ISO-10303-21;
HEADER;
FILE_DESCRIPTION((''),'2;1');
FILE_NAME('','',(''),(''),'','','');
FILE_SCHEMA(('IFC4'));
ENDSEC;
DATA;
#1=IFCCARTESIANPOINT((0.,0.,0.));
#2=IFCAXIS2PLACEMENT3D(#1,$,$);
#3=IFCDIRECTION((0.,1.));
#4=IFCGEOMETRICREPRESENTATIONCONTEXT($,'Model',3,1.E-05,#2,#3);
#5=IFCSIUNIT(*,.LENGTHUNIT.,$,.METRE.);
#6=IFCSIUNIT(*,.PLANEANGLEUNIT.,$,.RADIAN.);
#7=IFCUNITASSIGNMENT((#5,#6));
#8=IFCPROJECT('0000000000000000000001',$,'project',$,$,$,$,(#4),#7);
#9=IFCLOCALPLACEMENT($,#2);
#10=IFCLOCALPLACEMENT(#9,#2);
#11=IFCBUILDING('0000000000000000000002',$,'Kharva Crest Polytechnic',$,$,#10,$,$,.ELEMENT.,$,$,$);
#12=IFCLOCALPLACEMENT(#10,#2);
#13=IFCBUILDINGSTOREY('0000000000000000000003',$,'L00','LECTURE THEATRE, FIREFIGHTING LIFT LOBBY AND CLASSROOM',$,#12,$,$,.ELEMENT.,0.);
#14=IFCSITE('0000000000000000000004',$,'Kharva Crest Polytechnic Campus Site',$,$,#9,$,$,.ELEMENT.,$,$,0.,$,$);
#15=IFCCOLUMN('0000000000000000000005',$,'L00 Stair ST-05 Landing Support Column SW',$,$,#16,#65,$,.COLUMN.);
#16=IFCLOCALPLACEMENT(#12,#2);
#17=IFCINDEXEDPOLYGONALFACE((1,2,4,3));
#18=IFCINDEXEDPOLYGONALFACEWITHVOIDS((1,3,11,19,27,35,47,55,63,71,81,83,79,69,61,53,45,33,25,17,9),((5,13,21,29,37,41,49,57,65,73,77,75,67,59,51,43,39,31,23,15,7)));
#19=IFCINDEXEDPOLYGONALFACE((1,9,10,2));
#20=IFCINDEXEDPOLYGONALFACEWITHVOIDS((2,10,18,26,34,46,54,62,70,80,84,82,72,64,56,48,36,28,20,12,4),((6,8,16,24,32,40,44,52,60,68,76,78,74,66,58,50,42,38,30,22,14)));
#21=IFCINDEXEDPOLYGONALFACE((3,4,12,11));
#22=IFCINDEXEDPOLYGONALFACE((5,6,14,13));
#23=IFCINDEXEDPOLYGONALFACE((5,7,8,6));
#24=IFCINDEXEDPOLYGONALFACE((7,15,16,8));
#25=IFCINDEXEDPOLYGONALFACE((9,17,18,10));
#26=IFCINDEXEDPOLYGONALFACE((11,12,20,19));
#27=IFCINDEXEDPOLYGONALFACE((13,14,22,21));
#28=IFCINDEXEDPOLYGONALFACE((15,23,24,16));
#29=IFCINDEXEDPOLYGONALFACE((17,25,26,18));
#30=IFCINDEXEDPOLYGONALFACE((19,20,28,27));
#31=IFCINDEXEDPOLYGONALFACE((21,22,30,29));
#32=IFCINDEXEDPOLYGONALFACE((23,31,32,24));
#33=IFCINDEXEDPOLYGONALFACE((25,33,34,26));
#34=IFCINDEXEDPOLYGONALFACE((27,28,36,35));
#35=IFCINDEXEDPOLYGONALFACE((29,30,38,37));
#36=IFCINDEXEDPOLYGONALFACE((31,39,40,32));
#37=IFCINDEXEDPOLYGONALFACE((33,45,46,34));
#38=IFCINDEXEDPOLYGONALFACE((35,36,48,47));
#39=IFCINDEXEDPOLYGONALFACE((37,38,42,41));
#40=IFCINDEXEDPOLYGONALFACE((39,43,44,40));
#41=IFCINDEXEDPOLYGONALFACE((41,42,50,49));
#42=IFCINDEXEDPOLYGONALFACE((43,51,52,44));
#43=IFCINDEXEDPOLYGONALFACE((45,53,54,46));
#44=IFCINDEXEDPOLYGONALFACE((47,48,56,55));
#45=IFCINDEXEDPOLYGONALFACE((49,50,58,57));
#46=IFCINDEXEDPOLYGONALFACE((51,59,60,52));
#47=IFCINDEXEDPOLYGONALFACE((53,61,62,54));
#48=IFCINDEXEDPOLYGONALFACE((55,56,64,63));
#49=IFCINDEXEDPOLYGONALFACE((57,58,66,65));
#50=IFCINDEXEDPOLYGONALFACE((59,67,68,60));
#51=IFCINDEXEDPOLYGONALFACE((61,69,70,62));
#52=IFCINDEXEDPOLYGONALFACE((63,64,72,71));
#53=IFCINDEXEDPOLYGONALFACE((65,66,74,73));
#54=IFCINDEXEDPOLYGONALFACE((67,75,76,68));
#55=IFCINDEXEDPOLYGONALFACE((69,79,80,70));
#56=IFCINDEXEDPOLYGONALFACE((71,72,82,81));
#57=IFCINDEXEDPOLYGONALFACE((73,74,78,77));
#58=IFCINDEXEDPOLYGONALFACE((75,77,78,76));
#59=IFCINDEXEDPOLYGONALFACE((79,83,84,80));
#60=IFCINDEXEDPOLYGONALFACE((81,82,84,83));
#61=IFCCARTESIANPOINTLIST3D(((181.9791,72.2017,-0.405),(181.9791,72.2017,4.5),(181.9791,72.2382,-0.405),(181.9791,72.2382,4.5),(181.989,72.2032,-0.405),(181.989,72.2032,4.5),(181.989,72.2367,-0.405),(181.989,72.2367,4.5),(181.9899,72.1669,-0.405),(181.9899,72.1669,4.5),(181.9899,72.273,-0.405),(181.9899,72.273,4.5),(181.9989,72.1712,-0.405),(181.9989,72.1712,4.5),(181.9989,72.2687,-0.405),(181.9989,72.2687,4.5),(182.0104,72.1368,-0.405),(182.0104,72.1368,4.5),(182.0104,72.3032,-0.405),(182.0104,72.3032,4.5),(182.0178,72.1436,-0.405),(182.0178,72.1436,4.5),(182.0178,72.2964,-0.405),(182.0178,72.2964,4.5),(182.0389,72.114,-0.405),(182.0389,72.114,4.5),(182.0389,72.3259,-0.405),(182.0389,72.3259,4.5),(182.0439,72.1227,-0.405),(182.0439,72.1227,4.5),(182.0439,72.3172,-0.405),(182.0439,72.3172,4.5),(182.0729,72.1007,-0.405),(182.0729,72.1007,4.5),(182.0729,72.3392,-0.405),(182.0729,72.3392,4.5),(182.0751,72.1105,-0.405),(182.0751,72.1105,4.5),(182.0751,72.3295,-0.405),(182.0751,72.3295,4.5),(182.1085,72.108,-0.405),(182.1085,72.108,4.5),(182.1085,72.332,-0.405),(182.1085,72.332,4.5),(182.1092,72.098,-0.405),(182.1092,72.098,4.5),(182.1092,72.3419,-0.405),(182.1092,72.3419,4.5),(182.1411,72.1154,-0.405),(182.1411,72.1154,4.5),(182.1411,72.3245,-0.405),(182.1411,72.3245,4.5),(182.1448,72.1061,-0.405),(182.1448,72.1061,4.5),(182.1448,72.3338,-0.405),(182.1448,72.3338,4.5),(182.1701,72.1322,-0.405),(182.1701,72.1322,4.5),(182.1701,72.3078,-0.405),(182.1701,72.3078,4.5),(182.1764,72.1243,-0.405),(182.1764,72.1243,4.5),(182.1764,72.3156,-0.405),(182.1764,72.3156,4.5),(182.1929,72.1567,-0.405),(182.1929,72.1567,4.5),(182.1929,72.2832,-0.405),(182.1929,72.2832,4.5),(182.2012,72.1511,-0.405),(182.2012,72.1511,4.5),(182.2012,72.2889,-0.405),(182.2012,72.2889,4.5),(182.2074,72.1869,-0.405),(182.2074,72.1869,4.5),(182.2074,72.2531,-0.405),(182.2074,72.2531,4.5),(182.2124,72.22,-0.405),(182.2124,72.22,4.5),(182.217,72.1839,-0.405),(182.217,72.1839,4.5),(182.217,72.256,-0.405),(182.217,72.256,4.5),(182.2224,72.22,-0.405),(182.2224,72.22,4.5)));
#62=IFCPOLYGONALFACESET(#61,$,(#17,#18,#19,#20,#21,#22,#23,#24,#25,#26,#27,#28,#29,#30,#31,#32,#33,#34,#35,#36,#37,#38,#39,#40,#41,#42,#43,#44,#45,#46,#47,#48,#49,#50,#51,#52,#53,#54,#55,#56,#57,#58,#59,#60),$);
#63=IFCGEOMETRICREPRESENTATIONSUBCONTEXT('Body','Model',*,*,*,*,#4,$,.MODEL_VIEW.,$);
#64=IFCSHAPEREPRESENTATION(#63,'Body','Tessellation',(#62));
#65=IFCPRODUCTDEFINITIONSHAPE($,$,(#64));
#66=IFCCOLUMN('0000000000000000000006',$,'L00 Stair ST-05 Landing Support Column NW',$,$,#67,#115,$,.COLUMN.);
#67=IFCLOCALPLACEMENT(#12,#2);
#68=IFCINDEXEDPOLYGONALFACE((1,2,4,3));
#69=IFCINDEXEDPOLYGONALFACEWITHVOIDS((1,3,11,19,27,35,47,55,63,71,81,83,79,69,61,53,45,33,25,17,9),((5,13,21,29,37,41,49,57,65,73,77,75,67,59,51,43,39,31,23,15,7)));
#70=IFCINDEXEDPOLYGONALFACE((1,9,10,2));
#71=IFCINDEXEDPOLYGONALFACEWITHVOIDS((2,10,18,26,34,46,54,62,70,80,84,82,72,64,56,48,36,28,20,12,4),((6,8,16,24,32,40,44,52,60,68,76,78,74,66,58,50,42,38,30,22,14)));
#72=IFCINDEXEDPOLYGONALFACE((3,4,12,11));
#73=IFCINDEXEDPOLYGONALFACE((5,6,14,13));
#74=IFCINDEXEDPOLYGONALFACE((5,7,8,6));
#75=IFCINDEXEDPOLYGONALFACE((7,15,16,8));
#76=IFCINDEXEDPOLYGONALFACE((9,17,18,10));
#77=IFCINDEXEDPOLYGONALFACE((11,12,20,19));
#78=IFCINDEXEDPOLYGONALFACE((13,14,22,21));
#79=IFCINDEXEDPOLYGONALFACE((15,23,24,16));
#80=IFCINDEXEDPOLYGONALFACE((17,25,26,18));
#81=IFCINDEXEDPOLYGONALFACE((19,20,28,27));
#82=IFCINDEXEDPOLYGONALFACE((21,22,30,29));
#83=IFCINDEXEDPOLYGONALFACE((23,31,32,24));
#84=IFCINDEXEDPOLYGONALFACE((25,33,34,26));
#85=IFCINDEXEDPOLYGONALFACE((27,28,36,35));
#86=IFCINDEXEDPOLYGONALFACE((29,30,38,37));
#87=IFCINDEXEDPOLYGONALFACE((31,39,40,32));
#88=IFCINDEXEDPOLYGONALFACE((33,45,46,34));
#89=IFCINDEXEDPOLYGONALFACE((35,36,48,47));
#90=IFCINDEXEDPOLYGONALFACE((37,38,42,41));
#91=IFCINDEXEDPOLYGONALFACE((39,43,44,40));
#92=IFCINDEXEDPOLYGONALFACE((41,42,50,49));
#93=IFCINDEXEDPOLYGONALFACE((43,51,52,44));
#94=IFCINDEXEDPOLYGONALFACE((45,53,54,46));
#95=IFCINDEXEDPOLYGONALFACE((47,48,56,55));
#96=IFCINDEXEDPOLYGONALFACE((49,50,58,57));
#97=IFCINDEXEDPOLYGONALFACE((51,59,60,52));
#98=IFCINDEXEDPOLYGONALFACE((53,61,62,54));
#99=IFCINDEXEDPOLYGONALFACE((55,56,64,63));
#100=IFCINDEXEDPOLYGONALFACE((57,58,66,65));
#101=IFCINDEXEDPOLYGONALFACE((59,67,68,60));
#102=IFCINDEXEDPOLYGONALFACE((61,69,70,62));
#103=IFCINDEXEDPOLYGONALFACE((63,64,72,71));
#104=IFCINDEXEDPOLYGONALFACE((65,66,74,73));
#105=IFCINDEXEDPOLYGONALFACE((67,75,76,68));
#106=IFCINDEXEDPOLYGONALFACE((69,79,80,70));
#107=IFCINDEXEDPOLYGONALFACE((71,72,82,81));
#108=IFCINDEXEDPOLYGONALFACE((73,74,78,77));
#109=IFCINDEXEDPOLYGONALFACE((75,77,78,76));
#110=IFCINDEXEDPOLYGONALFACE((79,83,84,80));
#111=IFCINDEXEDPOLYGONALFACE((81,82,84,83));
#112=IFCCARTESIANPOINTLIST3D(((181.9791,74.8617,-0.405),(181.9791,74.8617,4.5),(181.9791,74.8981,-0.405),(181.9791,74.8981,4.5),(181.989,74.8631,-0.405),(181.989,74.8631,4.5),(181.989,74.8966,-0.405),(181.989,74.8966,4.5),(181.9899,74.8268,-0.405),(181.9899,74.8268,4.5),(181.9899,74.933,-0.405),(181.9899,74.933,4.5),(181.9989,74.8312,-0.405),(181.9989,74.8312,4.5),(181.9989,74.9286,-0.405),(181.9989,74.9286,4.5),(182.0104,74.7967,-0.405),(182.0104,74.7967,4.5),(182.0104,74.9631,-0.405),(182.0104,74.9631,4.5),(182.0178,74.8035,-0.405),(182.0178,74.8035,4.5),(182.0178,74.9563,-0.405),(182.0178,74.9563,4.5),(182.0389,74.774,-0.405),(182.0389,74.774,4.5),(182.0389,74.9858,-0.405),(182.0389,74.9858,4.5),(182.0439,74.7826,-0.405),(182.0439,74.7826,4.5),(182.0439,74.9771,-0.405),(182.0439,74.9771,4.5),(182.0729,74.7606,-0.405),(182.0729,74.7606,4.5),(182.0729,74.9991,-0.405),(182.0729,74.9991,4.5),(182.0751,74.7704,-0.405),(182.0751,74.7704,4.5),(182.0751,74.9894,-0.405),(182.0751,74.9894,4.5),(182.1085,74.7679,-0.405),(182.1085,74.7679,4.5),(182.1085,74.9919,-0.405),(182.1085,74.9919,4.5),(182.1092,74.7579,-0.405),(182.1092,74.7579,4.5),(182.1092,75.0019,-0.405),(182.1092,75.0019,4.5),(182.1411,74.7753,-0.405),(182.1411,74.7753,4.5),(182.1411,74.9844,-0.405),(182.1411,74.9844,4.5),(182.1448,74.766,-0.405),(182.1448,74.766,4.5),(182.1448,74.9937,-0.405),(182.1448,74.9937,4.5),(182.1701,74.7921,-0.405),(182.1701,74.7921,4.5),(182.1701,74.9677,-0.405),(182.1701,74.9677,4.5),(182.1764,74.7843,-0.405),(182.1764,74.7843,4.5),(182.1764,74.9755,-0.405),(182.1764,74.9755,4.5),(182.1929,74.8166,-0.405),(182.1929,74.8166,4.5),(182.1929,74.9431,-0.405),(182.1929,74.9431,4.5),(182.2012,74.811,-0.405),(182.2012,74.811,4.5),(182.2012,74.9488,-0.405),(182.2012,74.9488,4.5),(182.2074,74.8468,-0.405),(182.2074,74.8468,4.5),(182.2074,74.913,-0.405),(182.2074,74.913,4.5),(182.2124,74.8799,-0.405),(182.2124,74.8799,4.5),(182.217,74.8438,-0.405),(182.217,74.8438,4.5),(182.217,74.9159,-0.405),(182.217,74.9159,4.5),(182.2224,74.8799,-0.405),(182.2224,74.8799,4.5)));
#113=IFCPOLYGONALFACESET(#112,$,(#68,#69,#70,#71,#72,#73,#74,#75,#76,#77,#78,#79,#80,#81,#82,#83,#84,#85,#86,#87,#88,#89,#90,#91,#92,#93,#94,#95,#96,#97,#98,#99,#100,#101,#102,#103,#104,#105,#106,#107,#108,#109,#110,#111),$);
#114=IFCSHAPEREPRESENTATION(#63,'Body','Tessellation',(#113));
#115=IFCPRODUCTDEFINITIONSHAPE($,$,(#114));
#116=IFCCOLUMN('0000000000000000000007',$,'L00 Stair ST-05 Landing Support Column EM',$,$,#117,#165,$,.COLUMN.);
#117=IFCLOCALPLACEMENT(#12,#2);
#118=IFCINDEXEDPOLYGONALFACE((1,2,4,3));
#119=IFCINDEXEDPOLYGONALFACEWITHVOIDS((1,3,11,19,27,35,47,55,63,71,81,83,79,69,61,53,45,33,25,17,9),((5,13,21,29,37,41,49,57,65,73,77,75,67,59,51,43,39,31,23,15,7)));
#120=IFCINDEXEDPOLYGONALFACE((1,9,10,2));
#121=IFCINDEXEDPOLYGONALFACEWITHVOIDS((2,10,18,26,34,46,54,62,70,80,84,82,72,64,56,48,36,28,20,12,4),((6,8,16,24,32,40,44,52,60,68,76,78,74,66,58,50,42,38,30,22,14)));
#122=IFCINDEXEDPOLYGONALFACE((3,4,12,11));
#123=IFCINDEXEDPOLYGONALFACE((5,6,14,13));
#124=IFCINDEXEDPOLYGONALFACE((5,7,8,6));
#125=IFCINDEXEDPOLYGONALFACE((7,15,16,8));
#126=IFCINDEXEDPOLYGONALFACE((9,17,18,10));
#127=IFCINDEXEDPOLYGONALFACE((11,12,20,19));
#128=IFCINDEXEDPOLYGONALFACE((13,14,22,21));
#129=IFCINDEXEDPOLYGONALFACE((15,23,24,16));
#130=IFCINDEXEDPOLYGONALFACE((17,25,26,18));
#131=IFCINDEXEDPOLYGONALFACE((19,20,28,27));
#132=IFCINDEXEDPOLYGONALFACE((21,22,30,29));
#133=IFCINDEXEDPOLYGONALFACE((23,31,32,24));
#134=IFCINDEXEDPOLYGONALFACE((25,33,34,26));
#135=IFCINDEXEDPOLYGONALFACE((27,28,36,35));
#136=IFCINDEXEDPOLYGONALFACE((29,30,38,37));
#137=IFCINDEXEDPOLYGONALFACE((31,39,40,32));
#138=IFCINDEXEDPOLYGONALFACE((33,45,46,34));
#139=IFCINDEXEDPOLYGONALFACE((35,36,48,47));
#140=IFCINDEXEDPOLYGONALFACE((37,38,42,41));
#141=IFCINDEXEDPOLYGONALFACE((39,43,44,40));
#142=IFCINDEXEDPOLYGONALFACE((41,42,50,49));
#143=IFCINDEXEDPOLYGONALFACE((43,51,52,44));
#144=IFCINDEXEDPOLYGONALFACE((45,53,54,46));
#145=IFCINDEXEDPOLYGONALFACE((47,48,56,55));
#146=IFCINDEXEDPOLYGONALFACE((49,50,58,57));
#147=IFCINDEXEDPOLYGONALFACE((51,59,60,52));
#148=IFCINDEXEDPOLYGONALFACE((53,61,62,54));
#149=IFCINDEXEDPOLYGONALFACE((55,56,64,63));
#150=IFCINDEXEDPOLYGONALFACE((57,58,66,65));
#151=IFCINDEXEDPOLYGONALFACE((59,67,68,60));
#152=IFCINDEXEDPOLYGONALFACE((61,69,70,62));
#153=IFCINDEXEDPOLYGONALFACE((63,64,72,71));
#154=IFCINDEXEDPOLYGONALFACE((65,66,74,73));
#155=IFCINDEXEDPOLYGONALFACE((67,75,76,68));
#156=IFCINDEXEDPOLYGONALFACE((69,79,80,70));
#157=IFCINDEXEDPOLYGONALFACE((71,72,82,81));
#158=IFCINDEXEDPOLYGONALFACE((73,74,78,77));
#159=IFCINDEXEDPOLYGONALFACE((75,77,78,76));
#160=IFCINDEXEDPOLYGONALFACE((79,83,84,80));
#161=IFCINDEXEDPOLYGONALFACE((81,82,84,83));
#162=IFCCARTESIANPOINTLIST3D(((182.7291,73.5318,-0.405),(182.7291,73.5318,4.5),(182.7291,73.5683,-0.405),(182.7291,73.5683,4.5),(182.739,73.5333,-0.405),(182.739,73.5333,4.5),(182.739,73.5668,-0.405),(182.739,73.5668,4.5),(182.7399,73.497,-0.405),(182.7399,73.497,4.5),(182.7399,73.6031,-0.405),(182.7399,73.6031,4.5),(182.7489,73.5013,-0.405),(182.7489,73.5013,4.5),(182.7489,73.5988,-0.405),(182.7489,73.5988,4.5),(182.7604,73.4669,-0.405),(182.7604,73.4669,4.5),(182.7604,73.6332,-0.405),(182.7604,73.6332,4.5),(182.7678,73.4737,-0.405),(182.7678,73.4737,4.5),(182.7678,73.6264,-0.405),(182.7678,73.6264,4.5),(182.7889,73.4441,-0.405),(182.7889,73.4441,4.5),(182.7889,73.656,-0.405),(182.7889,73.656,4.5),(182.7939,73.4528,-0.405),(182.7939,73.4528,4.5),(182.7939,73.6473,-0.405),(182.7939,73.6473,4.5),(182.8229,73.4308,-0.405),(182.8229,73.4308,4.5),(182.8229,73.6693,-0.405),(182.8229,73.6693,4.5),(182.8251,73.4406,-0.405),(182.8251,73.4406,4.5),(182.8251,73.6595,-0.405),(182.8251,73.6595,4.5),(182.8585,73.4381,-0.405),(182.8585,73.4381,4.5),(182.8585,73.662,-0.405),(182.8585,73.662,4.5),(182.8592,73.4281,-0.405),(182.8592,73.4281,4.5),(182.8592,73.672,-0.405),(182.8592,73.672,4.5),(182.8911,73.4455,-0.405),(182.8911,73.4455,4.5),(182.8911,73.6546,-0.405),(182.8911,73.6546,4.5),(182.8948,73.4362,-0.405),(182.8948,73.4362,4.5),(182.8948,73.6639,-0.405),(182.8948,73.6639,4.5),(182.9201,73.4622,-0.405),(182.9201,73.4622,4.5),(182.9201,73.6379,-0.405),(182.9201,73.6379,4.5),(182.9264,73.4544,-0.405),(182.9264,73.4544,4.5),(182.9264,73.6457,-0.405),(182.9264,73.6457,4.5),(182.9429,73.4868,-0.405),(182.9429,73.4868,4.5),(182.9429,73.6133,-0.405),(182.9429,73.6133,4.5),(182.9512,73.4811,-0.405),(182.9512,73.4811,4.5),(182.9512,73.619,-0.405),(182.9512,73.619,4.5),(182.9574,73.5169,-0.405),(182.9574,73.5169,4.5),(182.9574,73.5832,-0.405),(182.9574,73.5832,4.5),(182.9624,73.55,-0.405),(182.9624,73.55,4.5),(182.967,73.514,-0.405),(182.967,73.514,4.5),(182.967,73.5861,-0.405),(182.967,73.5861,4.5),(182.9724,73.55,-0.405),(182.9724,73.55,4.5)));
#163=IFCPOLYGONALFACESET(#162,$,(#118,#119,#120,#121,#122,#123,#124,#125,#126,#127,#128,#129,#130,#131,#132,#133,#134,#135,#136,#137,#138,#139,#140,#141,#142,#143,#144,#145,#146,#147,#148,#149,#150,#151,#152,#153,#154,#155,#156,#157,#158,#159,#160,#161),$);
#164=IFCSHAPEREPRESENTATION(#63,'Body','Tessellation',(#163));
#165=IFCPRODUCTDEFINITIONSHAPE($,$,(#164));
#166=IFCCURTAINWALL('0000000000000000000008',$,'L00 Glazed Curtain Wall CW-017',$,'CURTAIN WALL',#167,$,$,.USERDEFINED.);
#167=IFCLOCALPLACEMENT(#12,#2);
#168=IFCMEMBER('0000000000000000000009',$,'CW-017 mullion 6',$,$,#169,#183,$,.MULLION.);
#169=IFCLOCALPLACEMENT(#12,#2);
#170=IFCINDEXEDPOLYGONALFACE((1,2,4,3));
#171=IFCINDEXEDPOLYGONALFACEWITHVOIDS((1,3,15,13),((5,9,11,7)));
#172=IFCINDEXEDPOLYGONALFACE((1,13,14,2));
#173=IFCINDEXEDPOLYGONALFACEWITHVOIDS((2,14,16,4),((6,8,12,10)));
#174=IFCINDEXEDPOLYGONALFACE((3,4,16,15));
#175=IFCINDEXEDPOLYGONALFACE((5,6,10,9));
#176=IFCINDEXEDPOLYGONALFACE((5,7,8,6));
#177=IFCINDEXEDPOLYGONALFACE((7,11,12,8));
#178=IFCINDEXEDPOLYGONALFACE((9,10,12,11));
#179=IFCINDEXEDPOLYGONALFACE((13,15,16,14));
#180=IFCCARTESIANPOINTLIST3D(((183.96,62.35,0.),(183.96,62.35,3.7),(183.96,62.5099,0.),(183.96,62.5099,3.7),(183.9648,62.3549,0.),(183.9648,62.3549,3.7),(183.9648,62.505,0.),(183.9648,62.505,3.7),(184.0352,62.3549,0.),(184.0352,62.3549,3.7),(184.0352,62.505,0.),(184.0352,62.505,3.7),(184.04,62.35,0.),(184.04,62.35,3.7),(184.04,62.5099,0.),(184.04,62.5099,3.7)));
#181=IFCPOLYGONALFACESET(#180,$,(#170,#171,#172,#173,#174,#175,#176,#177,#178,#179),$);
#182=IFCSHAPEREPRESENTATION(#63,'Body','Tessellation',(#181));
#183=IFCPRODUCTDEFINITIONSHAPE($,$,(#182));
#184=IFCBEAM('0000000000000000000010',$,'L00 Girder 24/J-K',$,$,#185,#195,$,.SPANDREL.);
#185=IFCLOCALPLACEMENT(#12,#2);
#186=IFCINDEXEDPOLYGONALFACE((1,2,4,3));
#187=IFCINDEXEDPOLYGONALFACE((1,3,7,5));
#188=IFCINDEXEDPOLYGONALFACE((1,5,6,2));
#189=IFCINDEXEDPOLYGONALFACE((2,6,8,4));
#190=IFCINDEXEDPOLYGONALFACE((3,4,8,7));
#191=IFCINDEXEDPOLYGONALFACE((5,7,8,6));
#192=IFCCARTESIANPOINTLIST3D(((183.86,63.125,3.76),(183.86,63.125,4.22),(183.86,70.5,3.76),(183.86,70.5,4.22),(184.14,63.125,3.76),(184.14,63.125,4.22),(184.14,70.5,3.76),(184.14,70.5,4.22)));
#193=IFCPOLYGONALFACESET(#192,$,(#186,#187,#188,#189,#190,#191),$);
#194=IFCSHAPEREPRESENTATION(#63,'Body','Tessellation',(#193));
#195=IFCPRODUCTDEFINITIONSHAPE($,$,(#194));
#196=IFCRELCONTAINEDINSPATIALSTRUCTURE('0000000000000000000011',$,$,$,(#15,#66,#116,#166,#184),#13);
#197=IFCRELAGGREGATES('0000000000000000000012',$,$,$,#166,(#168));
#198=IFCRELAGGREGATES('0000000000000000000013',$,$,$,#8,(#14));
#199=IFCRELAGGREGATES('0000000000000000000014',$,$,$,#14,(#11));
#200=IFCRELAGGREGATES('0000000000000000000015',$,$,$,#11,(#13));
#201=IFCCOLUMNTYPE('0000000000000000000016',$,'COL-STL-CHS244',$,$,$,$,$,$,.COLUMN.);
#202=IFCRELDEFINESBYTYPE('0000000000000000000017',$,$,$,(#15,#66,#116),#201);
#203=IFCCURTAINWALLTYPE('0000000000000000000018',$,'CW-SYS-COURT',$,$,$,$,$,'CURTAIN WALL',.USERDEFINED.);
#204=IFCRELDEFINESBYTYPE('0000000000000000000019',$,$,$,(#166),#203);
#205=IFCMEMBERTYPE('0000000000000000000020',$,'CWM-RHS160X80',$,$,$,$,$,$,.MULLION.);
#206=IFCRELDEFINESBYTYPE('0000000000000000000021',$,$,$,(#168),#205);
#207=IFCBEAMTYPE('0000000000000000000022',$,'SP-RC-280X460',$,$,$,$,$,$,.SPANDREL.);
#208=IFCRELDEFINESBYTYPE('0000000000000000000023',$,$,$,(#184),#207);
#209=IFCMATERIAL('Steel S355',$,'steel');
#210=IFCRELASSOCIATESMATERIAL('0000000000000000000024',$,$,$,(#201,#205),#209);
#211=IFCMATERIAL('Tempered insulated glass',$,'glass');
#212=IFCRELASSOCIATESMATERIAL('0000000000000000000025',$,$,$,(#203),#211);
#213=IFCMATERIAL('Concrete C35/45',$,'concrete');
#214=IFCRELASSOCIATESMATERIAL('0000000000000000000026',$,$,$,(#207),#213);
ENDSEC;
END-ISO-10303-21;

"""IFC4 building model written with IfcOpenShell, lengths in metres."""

from ifc_helpers import new_model, si_unit, direction, frame, origin, origin_2d, place, context, subcontext, project, spatial, rectangle, hollow_rectangle, hollow_circle, extrude, material, material_profile, profile_set, type_object, element, aggregate, save


model = new_model("IFC4")

# Units and contexts
model_context = context("Model", 3, precision=1e-05, world=origin(), true_north=direction((0.0, 1.0)))
body_context = subcontext(model_context, "Body", "Model", "MODEL_VIEW")
ifc_project = project(units=[si_unit("LENGTHUNIT", "METRE"), si_unit("PLANEANGLEUNIT", "RADIAN")], contexts=[model_context])

# Site, building, storey
site_placement = place(None, origin())
site = spatial("IfcSite", under=ifc_project, at=site_placement, Name="Kharva Crest Polytechnic Campus Site", CompositionType="ELEMENT", RefElevation=0.0)
building_placement = place(site_placement, origin())
building = spatial("IfcBuilding", under=site, at=building_placement, Name="Kharva Crest Polytechnic", CompositionType="ELEMENT")
storey_placement = place(building_placement, origin())
storey = spatial("IfcBuildingStorey", under=building, at=storey_placement, Name="L00", Description="LECTURE THEATRE, FIREFIGHTING LIFT LOBBY AND CLASSROOM", CompositionType="ELEMENT", Elevation=0.0)

# Shared definitions
ifc_material_1 = material(Name="Concrete C35/45", Category="concrete")

# Columns
ifc_material_2 = material(Name="Steel S355", Category="steel")
ifc_material_profile_1 = material_profile(ifc_material_2, hollow_circle(Radius=0.1223, WallThickness=0.01, at=origin_2d()), Name="CHS 244.5X10.0")
ifc_profile_set_1 = profile_set([ifc_material_profile_1], Name="Steel S355")
column_type_1 = type_object("IfcColumnType", Name="COL-STL-CHS244", PredefinedType="COLUMN", material=ifc_profile_set_1)
for number, where, z_axis, x_axis, name in (
    (1, (182.1001, 72.22, -0.405), (0.0, 0.0, 1.0), (1.0, 0.0, 0.0), "L00 Stair ST-05 Landing Support Column SW"),
    (2, (182.1001, 74.8799, -0.405), (0.0, 0.0, 1.0), (1.0, 0.0, 0.0), "L00 Stair ST-05 Landing Support Column NW"),
    (3, (182.8501, 73.55, -0.405), (0.0, 0.0, 1.0), (1.0, 0.0, 0.0), "L00 Stair ST-05 Landing Support Column EM"),
):
    element("IfcColumn", number, at=place(storey_placement, frame(where, z_axis=z_axis, x_axis=x_axis)), inside=storey, type_object=column_type_1, Name=name, PredefinedType="COLUMN", context=body_context, shape_type="SweptSolid", body=[
        extrude(hollow_circle(Radius=0.1223, WallThickness=0.01, at=origin_2d()), origin(), (0.0, 0.0, 1.0), 4.905),
    ])

# Curtain wall, member
ifc_material_3 = material(Name="Tempered insulated glass", Category="glass")
curtain_wall_type = type_object("IfcCurtainWallType", Name="CW-SYS-COURT", ElementType="CURTAIN WALL", PredefinedType="USERDEFINED", material=ifc_material_3)
curtain_wall_placement = place(storey_placement, origin())
curtain_wall = element("IfcCurtainWall", 4, at=curtain_wall_placement, inside=storey, type_object=curtain_wall_type, Name="L00 Glazed Curtain Wall CW-017", ObjectType="CURTAIN WALL", PredefinedType="USERDEFINED")
ifc_material_profile_2 = material_profile(ifc_material_2, hollow_rectangle(XDim=0.0801, YDim=0.1599, WallThickness=0.0049, at=origin_2d()), Name="RHS 160X80X5.0")
ifc_profile_set_2 = profile_set([ifc_material_profile_2], Name="Steel S355")
member_type = type_object("IfcMemberType", Name="CWM-RHS160X80", PredefinedType="MULLION", material=ifc_profile_set_2)
member_placement = place(storey_placement, frame((184.0, 62.4299, 0.0), z_axis=(0.0, 0.0, 1.0), x_axis=(-1.0, 0.0, 0.0)))
member = element("IfcMember", 5, at=member_placement, type_object=member_type, Name="CW-017 mullion 6", PredefinedType="MULLION", context=body_context, shape_type="SweptSolid", body=[
    extrude(hollow_rectangle(XDim=0.0801, YDim=0.1599, WallThickness=0.0049, at=origin_2d()), origin(), (0.0, 0.0, 1.0), 3.7),
])

# Beam
ifc_material_profile_3 = material_profile(ifc_material_1, rectangle(XDim=0.28, YDim=0.46, at=origin_2d()), Name="RECT 280 X 460")
ifc_profile_set_3 = profile_set([ifc_material_profile_3], Name="Concrete C35/45")
beam_type = type_object("IfcBeamType", Name="SP-RC-280X460", PredefinedType="SPANDREL", material=ifc_profile_set_3)
beam_placement = place(storey_placement, frame((184.0, 63.125, 3.99), z_axis=(0.0, 1.0, 0.0), x_axis=(-1.0, 0.0, 0.0)))
element("IfcBeam", 6, at=beam_placement, inside=storey, type_object=beam_type, Name="L00 Girder 24/J-K", PredefinedType="SPANDREL", context=body_context, shape_type="SweptSolid", body=[
    extrude(rectangle(XDim=0.28, YDim=0.46, at=origin_2d()), origin(), (0.0, 0.0, 1.0), 7.375),
])

aggregate(curtain_wall, [member])

save(model, "model.ifc")
